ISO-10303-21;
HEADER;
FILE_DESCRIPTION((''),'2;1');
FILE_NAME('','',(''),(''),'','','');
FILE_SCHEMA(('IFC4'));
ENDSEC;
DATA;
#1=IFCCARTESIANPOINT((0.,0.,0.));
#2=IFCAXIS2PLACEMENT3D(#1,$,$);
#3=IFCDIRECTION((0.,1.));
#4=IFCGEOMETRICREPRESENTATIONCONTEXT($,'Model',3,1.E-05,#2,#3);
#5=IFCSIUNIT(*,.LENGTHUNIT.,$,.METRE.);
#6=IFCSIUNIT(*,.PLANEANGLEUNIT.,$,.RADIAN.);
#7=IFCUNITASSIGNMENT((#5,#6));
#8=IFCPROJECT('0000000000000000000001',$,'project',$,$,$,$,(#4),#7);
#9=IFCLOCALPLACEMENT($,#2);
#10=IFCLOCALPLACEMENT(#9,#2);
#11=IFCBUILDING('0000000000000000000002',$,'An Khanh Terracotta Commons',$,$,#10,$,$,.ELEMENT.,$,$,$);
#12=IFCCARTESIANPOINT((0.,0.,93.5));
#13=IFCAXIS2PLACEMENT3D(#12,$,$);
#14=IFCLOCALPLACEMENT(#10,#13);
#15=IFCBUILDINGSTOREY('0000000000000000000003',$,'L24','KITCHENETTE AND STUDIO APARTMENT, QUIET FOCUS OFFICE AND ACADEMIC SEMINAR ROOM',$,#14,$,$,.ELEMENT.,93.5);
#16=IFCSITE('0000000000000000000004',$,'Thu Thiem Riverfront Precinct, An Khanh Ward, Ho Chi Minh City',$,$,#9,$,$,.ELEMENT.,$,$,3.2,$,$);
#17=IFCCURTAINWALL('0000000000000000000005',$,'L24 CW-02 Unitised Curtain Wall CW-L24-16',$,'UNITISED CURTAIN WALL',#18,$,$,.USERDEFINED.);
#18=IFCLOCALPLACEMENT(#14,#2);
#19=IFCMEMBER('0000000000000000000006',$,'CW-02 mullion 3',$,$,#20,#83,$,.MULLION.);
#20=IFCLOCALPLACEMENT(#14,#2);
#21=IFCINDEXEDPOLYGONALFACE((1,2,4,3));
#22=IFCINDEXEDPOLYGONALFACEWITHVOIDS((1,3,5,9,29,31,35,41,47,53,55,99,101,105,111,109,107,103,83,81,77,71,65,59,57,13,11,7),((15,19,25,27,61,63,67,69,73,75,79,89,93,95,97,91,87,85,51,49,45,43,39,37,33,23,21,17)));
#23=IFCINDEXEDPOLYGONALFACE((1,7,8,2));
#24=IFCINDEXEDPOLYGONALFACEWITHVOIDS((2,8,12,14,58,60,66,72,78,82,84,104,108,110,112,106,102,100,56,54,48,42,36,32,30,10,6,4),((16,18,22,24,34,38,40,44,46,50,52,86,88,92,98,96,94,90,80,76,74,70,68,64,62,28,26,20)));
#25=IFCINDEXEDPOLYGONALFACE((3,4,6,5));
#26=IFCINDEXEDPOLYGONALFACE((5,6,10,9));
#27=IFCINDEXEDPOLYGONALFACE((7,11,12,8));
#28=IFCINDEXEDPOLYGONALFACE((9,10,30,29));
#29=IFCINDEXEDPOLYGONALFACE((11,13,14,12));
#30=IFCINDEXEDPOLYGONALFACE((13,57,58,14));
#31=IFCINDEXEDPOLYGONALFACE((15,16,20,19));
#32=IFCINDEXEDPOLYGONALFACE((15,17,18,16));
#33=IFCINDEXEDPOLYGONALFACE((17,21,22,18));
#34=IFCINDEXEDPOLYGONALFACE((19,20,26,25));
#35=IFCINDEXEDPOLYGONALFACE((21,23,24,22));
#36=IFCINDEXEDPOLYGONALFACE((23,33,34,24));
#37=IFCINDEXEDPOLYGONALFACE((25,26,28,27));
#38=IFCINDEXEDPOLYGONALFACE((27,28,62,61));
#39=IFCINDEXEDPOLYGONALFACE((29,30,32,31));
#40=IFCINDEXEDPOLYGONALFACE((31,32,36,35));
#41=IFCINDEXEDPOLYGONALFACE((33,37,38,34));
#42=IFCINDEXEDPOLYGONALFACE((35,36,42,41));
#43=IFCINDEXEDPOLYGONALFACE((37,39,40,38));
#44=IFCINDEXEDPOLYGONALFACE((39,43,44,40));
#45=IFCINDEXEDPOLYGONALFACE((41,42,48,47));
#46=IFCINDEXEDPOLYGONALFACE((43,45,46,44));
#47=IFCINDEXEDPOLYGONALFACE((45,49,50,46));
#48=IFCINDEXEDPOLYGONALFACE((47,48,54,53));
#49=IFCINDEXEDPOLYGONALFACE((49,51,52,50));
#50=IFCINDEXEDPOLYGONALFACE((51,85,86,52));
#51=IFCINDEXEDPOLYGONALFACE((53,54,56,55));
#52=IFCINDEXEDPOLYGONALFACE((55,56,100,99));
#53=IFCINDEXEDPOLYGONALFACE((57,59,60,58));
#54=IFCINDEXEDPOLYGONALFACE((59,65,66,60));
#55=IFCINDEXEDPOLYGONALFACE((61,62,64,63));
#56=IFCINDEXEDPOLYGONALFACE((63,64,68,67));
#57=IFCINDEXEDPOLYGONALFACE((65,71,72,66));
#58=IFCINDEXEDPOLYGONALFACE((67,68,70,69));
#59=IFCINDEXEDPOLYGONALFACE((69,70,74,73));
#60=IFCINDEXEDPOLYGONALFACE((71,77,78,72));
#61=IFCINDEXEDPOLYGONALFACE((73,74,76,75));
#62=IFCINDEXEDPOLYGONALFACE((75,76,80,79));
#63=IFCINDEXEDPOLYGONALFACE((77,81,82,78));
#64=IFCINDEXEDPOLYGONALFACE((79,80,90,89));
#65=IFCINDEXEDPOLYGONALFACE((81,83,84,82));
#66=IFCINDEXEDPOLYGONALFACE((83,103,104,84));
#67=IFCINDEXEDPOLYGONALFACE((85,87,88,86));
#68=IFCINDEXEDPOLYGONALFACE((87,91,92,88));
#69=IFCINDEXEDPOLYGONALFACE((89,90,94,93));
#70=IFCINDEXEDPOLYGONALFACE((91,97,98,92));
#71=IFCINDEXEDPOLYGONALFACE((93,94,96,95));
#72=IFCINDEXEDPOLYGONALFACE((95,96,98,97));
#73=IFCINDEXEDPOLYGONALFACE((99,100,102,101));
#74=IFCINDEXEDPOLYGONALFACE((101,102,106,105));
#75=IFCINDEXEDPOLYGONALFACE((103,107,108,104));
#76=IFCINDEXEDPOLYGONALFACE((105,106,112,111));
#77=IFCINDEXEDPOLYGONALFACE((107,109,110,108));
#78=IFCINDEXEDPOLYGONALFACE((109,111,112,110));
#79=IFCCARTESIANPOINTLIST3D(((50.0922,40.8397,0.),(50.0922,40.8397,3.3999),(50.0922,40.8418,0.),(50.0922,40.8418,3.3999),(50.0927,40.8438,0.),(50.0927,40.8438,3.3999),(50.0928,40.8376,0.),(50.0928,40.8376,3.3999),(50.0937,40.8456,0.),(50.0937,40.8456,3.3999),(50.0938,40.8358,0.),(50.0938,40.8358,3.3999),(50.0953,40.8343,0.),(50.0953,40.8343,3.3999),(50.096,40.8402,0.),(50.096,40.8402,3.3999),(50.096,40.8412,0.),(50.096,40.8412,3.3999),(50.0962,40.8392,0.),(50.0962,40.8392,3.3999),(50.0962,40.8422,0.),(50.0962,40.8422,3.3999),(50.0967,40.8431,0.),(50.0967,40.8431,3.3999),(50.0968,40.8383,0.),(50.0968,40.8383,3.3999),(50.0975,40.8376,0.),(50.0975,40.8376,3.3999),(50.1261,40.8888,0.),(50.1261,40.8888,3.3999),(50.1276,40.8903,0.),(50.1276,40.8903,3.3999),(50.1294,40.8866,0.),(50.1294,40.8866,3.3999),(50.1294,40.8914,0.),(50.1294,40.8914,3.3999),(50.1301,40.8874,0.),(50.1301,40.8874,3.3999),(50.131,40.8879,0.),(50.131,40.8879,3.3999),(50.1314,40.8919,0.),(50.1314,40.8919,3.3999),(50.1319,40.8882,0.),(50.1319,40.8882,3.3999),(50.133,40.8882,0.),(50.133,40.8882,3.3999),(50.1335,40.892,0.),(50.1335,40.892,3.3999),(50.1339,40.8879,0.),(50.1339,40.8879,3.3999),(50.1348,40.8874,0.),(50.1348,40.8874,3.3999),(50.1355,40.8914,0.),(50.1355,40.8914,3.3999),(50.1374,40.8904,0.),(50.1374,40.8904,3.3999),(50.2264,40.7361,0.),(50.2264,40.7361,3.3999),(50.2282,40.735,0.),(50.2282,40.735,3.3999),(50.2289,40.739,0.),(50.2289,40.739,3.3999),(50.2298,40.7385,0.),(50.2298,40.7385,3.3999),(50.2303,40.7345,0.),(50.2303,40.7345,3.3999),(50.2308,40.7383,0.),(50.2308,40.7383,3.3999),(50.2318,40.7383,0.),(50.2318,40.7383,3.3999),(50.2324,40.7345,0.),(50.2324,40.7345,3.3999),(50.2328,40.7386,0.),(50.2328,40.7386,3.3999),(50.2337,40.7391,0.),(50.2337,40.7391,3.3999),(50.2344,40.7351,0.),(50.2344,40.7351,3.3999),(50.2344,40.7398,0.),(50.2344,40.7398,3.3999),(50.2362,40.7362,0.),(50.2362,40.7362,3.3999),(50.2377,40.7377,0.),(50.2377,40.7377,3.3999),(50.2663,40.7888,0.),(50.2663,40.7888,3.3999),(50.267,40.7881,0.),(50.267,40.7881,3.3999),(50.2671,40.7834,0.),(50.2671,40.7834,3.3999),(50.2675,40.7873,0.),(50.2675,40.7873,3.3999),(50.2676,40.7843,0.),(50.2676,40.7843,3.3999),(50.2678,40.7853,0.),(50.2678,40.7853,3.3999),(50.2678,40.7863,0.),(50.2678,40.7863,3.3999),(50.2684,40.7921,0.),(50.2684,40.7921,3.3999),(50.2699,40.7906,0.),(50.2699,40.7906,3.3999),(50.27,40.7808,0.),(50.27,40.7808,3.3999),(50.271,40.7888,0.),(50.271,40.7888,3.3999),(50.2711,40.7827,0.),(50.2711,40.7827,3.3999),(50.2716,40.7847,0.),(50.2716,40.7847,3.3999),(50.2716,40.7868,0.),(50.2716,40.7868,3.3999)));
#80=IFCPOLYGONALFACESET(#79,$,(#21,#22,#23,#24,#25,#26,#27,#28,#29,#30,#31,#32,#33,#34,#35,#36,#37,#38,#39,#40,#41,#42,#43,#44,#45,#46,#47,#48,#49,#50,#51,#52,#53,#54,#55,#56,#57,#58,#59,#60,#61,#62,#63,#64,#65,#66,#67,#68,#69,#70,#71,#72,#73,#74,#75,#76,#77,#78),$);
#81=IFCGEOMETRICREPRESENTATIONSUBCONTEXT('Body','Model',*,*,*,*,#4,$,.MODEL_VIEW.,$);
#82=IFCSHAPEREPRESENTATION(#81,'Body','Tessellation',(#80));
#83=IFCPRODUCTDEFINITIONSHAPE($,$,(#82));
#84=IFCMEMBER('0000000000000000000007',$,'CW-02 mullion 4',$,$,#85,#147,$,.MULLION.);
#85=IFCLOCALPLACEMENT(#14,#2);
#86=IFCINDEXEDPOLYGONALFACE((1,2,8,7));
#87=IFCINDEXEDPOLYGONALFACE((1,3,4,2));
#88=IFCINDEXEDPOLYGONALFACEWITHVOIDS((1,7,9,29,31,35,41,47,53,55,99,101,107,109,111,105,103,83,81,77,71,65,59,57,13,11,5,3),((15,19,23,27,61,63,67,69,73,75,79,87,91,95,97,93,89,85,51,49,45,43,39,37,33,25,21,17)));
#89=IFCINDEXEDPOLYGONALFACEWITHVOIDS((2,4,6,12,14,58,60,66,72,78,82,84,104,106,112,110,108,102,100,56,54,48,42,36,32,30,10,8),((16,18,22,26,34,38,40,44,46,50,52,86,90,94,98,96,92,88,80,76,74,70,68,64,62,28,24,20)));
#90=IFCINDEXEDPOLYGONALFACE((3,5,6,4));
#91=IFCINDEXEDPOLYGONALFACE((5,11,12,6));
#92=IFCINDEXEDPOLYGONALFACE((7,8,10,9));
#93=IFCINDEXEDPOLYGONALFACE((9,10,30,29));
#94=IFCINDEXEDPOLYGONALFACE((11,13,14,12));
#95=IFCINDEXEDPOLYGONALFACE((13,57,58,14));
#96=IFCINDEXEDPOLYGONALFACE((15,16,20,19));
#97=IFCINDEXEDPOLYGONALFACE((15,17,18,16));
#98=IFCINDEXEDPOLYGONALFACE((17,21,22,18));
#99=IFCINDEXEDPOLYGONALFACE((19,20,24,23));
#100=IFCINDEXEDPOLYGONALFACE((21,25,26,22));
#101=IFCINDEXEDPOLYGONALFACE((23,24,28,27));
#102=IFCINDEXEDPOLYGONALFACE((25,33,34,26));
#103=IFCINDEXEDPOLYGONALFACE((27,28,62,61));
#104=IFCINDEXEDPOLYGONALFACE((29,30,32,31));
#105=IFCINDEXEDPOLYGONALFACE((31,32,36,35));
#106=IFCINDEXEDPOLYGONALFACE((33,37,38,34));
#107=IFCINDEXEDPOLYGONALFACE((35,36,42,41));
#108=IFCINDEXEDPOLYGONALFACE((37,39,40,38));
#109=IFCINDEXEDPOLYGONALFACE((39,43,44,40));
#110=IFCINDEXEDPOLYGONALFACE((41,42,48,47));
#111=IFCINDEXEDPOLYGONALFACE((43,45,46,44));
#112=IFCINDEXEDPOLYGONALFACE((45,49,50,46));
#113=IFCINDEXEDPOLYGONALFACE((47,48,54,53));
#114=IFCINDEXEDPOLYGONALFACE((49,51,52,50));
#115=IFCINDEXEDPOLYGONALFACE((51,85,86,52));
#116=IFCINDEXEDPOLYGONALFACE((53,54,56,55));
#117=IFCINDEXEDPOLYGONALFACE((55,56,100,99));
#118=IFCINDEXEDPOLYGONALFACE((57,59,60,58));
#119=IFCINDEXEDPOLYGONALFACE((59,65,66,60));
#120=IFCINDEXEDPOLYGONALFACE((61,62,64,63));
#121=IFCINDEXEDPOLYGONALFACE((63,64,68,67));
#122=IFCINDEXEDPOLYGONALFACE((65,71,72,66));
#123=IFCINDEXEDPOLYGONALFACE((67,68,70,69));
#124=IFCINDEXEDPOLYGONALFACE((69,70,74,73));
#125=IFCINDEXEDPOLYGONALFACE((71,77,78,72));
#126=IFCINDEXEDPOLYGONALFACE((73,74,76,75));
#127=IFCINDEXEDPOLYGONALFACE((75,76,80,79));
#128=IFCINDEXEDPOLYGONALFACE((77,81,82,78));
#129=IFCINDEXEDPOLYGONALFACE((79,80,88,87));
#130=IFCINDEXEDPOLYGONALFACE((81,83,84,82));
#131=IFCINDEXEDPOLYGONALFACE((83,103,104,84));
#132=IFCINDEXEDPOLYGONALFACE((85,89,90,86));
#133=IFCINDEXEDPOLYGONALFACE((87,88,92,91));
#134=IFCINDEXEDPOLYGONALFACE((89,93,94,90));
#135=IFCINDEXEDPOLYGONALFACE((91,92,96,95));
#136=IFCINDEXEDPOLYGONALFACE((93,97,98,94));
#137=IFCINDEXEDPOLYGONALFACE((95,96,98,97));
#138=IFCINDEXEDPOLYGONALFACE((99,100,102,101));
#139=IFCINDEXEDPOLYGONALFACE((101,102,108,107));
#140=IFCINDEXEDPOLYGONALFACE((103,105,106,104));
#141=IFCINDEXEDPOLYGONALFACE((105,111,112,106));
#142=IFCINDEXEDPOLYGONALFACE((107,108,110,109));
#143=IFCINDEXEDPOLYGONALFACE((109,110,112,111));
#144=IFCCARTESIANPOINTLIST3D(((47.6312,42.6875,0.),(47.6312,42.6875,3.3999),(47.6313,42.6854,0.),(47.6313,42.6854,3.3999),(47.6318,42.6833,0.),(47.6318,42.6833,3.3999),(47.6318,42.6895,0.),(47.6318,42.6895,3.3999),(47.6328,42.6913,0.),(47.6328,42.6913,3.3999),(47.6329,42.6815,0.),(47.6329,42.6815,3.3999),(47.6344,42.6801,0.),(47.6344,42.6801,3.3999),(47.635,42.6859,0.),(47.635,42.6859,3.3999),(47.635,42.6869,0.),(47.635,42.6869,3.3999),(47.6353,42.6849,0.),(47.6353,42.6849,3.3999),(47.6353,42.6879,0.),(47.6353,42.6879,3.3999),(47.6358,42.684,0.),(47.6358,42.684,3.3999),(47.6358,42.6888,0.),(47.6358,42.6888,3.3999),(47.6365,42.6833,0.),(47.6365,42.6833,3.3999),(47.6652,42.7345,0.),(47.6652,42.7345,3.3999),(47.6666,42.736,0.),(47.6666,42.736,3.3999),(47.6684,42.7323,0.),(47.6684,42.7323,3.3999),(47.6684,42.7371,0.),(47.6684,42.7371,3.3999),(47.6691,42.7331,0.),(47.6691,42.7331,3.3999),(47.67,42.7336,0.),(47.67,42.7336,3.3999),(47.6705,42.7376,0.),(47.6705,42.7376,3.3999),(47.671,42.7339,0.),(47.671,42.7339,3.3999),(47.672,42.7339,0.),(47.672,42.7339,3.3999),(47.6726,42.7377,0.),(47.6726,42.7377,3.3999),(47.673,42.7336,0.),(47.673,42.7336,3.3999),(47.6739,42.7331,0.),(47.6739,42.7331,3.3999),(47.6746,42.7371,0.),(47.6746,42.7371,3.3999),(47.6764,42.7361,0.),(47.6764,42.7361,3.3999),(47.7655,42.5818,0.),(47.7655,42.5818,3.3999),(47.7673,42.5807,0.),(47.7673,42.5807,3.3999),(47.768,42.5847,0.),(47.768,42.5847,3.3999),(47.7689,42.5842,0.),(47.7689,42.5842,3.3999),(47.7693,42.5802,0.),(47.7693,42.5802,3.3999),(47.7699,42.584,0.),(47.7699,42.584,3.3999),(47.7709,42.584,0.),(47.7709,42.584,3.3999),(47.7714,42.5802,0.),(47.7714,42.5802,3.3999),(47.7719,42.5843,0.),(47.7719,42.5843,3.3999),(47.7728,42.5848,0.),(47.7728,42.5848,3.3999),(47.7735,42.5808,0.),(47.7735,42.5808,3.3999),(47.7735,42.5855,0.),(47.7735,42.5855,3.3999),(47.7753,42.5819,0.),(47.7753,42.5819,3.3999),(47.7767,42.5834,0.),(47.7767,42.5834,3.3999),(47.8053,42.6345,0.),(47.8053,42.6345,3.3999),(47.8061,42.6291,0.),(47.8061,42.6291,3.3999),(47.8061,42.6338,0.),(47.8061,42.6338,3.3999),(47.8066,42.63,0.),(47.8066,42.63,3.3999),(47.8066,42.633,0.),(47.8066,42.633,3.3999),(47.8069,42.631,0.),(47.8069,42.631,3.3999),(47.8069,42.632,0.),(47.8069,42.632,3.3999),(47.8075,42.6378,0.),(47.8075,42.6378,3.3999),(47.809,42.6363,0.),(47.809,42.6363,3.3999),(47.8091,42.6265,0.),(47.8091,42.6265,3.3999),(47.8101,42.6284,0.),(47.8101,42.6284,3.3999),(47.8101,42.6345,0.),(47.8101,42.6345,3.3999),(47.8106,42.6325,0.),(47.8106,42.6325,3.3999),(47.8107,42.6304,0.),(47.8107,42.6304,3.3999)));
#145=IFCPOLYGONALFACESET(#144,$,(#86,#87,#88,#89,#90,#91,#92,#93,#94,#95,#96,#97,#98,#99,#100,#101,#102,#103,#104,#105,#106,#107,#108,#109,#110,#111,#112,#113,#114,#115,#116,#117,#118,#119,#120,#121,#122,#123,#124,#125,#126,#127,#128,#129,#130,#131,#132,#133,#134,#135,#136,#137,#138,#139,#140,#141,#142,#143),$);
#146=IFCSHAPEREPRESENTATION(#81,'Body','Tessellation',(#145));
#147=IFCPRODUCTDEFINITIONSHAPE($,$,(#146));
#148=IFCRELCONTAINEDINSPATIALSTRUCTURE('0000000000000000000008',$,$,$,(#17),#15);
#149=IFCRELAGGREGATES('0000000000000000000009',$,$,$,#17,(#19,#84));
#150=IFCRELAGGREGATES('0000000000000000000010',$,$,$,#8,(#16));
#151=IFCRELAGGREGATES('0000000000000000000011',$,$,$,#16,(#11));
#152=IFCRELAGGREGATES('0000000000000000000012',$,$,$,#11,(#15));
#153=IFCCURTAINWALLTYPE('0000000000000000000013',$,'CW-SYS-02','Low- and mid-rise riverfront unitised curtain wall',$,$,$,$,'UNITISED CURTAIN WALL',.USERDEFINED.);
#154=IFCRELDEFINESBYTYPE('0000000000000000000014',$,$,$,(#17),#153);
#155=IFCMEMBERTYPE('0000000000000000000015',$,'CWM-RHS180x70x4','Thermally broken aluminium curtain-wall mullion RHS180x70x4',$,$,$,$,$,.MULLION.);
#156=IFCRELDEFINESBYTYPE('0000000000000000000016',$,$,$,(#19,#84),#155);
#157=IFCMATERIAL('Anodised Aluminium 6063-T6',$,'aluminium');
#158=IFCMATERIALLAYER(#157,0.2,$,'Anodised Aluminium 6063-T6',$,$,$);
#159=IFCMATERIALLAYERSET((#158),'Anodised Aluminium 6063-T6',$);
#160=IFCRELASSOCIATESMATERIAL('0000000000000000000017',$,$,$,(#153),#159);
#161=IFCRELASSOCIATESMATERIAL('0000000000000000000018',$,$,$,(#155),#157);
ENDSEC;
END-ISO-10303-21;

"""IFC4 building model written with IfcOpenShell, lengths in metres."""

from ifc_helpers import new_model, si_unit, direction, frame, origin, origin_2d, place, context, subcontext, project, spatial, hollow_rectangle, extrude, material, layer, layer_set, material_profile, profile_set, type_object, element, aggregate, save


model = new_model("IFC4")

# Units and contexts
model_context = context("Model", 3, precision=1e-05, world=origin(), true_north=direction((0.0, 1.0)))
body_context = subcontext(model_context, "Body", "Model", "MODEL_VIEW")
ifc_project = project(units=[si_unit("LENGTHUNIT", "METRE"), si_unit("PLANEANGLEUNIT", "RADIAN")], contexts=[model_context])

# Site, building, storey
site_placement = place(None, origin())
site = spatial("IfcSite", under=ifc_project, at=site_placement, Name="Thu Thiem Riverfront Precinct, An Khanh Ward, Ho Chi Minh City", CompositionType="ELEMENT", RefElevation=3.2)
building_placement = place(site_placement, origin())
building = spatial("IfcBuilding", under=site, at=building_placement, Name="An Khanh Terracotta Commons", CompositionType="ELEMENT")
storey_placement = place(building_placement, frame((0.0, 0.0, 93.5)))
storey = spatial("IfcBuildingStorey", under=building, at=storey_placement, Name="L24", Description="KITCHENETTE AND STUDIO APARTMENT, QUIET FOCUS OFFICE AND ACADEMIC SEMINAR ROOM", CompositionType="ELEMENT", Elevation=93.5)

# Curtain wall, members
ifc_material_1 = material(Name="Anodised Aluminium 6063-T6", Category="aluminium")
ifc_layer_1 = layer(ifc_material_1, 0.2, Name="Anodised Aluminium 6063-T6")
ifc_layer_set_1 = layer_set([ifc_layer_1], Name="Anodised Aluminium 6063-T6")
curtain_wall_type = type_object("IfcCurtainWallType", Name="CW-SYS-02", Description="Low- and mid-rise riverfront unitised curtain wall", ElementType="UNITISED CURTAIN WALL", PredefinedType="USERDEFINED", material=ifc_layer_set_1)
curtain_wall_placement = place(storey_placement, origin())
curtain_wall = element("IfcCurtainWall", 1, at=curtain_wall_placement, inside=storey, type_object=curtain_wall_type, Name="L24 CW-02 Unitised Curtain Wall CW-L24-16", ObjectType="UNITISED CURTAIN WALL", PredefinedType="USERDEFINED")
ifc_material_profile_1 = material_profile(ifc_material_1, hollow_rectangle(XDim=0.0701, YDim=0.1799, WallThickness=0.0039, InnerFilletRadius=0.0039, OuterFilletRadius=0.0081, at=origin_2d()), Name="RHS180x70x4")
ifc_profile_set_1 = profile_set([ifc_material_profile_1], Name="Anodised Aluminium 6063-T6")
member_type_1 = type_object("IfcMemberType", Name="CWM-RHS180x70x4", Description="Thermally broken aluminium curtain-wall mullion RHS180x70x4", PredefinedType="MULLION", material=ifc_profile_set_1)
member_1_placement = place(storey_placement, frame((50.1819, 40.8132, 0.0), z_axis=(0.0, 0.0, 1.0), x_axis=(-0.599983, -0.800013, 0.0)))
member_1 = element("IfcMember", 2, at=member_1_placement, type_object=member_type_1, Name="CW-02 mullion 3", PredefinedType="MULLION", context=body_context, shape_type="SweptSolid", body=[
    extrude(hollow_rectangle(XDim=0.0701, YDim=0.1799, WallThickness=0.0039, InnerFilletRadius=0.0039, OuterFilletRadius=0.0081, at=origin_2d()), origin(), (0.0, 0.0, 1.0), 3.3999),
])
member_2_placement = place(storey_placement, frame((47.7209, 42.6589, 0.0), z_axis=(0.0, 0.0, 1.0), x_axis=(-0.599983, -0.800013, 0.0)))
member_2 = element("IfcMember", 3, at=member_2_placement, type_object=member_type_1, Name="CW-02 mullion 4", PredefinedType="MULLION", context=body_context, shape_type="SweptSolid", body=[
    extrude(hollow_rectangle(XDim=0.0701, YDim=0.1799, WallThickness=0.0039, InnerFilletRadius=0.0039, OuterFilletRadius=0.0081, at=origin_2d()), origin(), (0.0, 0.0, 1.0), 3.3999),
])
aggregate(curtain_wall, [member_1, member_2])

save(model, "model.ifc")
